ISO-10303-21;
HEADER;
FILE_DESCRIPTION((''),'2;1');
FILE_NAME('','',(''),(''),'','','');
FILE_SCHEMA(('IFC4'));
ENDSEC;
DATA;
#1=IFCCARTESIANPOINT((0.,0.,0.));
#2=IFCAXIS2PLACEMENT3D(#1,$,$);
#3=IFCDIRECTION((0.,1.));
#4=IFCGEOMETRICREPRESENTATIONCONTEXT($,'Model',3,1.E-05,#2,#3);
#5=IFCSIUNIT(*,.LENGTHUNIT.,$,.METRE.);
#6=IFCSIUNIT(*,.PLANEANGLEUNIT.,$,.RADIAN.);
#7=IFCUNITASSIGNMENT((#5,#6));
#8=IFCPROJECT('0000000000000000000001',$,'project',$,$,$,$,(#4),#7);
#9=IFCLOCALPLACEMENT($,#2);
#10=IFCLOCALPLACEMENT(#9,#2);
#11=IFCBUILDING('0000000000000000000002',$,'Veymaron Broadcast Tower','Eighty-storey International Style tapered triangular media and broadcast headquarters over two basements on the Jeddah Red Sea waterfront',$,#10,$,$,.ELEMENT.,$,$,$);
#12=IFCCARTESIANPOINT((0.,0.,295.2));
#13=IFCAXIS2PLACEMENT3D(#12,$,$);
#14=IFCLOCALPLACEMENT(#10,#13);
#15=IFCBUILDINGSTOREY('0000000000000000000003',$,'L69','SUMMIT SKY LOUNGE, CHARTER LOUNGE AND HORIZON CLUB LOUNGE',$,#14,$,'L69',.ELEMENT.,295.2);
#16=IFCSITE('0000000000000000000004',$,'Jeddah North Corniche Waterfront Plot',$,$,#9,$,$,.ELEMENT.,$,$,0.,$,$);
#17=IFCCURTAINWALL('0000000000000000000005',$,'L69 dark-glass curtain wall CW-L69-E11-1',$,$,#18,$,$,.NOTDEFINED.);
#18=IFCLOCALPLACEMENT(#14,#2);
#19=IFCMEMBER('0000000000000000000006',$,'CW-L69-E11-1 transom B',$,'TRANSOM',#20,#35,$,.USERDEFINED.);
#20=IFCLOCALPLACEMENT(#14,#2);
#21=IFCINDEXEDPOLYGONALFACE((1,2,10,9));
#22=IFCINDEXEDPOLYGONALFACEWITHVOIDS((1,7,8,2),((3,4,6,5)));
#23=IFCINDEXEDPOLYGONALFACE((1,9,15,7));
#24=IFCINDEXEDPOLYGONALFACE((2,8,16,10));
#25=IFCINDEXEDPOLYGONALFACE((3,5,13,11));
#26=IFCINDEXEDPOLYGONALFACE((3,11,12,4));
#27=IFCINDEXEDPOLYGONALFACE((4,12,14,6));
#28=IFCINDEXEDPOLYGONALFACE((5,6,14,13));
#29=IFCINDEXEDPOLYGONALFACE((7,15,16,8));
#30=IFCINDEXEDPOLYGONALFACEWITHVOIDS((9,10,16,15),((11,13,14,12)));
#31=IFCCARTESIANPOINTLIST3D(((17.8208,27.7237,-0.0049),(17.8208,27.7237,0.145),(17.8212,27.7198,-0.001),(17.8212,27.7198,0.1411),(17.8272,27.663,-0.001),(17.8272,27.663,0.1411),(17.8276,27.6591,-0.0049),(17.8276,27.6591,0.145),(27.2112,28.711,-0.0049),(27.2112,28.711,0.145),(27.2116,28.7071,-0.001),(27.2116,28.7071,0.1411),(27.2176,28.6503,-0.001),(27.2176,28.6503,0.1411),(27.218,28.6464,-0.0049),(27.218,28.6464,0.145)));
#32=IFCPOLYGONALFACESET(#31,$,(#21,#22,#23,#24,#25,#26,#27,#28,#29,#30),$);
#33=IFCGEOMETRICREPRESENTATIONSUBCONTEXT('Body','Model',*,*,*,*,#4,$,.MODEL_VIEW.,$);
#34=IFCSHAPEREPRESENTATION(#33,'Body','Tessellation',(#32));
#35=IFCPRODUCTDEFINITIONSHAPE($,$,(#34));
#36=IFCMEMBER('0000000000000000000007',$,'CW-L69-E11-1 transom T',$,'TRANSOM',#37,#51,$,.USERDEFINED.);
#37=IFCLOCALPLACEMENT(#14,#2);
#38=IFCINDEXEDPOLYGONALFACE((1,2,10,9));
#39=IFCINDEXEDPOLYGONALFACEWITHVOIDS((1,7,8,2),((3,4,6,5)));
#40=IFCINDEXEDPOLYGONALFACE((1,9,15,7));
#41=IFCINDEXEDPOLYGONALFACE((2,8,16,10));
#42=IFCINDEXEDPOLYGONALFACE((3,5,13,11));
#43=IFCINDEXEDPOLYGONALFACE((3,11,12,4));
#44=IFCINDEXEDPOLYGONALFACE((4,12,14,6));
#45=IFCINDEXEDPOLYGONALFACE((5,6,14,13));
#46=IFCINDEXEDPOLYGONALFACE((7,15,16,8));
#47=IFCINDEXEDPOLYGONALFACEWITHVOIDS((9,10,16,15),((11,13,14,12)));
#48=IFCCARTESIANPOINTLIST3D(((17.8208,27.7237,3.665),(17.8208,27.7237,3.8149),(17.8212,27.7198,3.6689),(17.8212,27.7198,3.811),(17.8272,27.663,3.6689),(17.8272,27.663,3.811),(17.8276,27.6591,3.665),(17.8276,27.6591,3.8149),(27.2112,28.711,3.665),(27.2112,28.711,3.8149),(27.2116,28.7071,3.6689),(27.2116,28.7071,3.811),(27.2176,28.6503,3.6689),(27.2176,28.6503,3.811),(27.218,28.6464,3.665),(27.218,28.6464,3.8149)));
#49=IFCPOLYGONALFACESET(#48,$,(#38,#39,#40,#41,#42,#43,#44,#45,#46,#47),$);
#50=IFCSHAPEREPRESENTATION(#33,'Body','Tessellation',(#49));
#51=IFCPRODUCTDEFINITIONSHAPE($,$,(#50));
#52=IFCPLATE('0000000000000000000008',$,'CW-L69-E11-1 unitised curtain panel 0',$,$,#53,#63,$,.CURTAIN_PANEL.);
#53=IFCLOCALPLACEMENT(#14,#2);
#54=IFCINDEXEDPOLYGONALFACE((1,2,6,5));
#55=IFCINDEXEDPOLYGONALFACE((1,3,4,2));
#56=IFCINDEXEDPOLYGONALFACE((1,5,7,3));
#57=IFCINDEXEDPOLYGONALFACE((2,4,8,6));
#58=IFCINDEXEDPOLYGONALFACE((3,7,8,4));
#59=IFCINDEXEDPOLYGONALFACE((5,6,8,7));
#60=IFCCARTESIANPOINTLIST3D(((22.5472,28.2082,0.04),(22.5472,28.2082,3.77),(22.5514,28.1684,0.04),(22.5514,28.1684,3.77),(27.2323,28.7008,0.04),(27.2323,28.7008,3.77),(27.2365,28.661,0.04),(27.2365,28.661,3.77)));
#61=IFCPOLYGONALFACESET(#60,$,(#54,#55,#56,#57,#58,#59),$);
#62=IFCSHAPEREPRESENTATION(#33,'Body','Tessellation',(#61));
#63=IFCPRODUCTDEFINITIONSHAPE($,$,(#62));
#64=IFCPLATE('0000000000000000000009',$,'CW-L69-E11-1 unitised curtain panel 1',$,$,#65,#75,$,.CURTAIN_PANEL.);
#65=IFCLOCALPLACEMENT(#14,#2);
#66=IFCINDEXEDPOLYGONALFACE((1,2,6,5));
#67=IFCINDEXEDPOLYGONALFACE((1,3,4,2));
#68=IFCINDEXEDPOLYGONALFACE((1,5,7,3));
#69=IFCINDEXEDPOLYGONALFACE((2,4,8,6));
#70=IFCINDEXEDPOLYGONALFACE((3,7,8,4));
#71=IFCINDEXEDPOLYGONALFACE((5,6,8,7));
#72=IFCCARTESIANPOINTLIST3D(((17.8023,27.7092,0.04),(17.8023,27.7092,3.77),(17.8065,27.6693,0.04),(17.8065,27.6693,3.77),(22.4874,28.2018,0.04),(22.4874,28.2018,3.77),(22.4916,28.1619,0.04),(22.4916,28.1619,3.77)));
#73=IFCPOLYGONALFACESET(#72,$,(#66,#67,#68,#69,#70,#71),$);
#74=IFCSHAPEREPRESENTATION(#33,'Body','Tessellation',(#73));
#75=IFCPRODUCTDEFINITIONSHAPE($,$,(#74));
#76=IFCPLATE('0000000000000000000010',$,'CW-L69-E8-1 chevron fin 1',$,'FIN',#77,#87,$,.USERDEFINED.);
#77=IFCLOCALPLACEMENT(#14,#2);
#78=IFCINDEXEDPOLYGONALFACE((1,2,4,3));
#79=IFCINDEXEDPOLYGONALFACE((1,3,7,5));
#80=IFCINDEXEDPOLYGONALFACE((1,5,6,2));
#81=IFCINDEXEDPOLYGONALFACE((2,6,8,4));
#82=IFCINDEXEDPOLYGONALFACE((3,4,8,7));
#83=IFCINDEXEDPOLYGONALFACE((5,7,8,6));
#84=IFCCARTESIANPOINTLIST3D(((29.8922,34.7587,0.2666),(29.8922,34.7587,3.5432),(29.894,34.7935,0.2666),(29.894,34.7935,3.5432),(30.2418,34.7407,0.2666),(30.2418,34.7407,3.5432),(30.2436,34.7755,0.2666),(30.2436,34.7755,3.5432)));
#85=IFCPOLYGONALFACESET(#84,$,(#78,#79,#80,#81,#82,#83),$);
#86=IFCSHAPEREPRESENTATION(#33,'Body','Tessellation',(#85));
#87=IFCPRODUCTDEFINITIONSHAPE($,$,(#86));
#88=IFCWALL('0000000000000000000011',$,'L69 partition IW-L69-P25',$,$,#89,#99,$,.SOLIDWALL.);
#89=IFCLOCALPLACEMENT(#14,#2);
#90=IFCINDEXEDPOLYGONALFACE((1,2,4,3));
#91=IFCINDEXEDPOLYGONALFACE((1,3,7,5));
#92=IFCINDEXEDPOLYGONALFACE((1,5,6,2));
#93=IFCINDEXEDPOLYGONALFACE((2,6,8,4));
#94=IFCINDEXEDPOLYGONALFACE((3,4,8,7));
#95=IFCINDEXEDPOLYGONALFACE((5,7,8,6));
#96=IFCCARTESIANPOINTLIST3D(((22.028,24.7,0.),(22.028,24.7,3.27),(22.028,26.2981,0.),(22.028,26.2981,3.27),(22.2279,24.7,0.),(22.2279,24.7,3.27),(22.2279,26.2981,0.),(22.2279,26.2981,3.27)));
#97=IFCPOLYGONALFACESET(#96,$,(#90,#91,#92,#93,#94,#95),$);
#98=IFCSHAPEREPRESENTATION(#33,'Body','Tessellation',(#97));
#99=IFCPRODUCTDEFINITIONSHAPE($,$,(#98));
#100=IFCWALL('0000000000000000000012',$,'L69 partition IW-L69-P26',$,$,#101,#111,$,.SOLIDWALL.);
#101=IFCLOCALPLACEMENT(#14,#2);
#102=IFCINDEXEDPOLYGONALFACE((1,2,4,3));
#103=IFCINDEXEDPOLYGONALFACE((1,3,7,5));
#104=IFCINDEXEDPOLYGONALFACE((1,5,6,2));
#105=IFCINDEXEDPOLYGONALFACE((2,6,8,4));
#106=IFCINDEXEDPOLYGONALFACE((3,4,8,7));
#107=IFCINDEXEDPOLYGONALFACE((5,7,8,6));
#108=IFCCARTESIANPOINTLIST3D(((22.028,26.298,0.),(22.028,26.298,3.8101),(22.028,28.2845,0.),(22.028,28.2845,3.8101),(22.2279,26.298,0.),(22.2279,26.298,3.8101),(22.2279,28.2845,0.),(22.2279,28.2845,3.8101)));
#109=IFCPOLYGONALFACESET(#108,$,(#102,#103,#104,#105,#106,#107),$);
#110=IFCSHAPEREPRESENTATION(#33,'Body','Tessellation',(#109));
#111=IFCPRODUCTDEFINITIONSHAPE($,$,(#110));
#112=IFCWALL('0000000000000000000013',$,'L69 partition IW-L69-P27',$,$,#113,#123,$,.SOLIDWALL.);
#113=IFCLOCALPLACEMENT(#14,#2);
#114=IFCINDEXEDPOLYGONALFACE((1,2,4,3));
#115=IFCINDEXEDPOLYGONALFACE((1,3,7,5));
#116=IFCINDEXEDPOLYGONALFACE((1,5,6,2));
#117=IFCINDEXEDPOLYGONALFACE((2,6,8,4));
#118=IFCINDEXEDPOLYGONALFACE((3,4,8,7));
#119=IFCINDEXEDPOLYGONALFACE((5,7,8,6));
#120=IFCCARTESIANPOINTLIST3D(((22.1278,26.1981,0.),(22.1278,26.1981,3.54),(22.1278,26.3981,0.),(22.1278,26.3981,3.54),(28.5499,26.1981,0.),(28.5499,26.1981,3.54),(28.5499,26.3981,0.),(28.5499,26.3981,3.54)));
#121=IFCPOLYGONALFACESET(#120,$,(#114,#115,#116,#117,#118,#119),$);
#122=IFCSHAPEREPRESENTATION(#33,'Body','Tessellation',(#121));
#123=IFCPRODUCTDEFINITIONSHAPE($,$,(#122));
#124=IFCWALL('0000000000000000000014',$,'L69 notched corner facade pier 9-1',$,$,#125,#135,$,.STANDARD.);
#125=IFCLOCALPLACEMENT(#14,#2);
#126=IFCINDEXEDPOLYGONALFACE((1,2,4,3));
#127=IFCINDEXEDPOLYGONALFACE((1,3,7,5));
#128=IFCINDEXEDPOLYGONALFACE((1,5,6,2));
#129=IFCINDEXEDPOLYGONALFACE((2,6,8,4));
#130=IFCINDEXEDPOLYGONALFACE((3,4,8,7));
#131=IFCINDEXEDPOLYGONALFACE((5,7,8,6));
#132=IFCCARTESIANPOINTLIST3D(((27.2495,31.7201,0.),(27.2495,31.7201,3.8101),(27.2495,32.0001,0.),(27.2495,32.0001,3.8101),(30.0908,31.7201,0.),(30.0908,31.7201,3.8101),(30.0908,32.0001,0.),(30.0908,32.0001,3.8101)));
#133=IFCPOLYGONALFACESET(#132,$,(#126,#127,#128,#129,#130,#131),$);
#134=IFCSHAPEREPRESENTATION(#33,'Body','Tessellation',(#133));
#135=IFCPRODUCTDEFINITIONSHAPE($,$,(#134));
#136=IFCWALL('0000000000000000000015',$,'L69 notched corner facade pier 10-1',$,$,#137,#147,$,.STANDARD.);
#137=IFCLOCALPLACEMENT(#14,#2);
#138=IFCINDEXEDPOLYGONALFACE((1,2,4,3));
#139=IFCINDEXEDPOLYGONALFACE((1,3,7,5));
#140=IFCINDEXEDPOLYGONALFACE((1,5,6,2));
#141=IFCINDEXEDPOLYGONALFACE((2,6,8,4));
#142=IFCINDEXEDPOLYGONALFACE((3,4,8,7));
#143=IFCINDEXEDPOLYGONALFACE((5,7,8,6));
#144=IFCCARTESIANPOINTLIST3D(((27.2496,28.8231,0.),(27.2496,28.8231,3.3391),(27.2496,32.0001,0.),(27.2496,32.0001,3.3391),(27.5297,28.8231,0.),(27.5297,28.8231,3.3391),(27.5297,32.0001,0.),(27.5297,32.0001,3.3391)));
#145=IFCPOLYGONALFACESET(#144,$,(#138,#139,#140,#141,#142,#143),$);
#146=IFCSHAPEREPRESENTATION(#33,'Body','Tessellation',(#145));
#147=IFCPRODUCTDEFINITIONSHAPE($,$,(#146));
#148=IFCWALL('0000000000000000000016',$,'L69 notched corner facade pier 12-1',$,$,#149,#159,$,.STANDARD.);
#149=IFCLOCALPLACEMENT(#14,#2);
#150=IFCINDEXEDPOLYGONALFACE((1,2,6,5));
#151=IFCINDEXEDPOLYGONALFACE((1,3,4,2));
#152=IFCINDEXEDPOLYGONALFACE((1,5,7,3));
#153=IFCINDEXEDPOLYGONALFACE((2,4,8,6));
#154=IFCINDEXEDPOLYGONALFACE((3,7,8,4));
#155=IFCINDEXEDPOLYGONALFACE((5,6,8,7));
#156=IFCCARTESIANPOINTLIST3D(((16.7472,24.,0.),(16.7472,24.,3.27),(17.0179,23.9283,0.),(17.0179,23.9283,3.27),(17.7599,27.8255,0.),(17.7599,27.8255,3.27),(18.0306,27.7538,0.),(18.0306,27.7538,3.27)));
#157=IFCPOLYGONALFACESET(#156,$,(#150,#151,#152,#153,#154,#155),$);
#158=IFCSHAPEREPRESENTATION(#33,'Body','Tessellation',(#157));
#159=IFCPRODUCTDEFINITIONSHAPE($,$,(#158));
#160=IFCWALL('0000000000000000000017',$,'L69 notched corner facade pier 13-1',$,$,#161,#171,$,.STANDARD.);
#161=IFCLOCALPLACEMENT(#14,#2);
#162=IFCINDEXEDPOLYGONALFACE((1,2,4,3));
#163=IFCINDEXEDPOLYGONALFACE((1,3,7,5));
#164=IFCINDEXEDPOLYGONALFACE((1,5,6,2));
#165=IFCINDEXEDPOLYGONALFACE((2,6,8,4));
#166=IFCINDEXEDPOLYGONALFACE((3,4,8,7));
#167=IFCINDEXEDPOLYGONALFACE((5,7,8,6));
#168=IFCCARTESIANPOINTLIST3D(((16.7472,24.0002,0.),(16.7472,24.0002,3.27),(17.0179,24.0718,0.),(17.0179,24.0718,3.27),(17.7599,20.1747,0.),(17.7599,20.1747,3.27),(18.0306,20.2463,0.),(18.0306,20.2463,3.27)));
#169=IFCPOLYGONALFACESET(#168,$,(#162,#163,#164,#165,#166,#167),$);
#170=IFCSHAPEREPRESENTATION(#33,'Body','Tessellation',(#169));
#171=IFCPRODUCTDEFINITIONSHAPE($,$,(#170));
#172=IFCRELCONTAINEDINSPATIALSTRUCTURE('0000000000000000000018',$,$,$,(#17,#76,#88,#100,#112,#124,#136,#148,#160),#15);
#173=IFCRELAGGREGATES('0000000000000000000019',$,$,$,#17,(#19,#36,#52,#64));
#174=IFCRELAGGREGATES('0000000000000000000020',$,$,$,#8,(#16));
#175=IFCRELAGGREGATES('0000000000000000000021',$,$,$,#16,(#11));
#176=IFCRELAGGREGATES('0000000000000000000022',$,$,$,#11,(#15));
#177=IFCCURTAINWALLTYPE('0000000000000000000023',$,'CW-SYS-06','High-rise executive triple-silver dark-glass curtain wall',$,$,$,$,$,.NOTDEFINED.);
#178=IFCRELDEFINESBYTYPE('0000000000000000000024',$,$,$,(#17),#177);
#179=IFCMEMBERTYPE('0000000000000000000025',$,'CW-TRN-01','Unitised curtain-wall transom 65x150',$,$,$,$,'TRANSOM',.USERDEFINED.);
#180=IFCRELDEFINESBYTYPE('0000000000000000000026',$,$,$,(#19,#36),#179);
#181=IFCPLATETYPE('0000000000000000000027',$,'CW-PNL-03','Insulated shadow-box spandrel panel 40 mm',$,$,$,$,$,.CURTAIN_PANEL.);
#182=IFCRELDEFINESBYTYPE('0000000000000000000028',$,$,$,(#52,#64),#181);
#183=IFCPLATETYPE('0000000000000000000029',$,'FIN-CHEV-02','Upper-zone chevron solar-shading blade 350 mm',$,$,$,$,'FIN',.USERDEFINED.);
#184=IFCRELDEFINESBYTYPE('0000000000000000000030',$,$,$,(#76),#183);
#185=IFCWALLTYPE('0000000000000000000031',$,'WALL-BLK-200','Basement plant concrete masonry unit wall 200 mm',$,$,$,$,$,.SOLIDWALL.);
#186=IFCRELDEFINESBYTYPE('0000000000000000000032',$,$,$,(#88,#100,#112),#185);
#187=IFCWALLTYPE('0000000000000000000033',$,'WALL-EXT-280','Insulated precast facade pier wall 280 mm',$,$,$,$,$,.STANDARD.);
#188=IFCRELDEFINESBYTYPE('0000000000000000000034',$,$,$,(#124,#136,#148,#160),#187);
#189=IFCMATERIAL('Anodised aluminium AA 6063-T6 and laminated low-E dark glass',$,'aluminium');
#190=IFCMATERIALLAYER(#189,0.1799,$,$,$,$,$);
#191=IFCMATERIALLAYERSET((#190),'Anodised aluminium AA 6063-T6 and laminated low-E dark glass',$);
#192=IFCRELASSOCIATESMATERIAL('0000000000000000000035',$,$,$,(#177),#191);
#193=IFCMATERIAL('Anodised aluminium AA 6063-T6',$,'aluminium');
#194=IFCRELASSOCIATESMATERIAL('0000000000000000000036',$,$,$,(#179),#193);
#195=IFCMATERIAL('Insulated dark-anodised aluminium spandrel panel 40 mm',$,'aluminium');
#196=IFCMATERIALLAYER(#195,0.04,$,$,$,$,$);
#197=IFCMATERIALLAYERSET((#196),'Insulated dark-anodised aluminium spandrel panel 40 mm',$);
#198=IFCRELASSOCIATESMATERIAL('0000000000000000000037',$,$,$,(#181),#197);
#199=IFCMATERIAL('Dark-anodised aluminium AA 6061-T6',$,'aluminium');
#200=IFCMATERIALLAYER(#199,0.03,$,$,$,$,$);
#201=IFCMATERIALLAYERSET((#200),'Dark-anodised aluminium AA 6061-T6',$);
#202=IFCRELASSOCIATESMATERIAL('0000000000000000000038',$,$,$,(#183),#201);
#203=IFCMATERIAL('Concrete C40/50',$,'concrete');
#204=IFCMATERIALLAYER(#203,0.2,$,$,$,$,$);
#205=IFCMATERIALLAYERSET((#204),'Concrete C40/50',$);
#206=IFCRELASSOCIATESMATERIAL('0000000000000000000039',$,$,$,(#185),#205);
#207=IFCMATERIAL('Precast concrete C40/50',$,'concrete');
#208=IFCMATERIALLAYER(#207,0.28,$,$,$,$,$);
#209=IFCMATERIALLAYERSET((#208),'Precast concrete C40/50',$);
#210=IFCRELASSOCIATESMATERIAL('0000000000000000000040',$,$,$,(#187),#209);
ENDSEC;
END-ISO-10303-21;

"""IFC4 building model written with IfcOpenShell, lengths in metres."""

from ifc_helpers import new_model, si_unit, direction, frame, frame_2d, origin, origin_2d, place, context, subcontext, project, spatial, rectangle, hollow_rectangle, extrude, material, layer, layer_set, material_profile, profile_set, type_object, element, aggregate, save


model = new_model("IFC4")

# Units and contexts
model_context = context("Model", 3, precision=1e-05, world=origin(), true_north=direction((0.0, 1.0)))
body_context = subcontext(model_context, "Body", "Model", "MODEL_VIEW")
ifc_project = project(units=[si_unit("LENGTHUNIT", "METRE"), si_unit("PLANEANGLEUNIT", "RADIAN")], contexts=[model_context])

# Site, building, storey
site_placement = place(None, origin())
site = spatial("IfcSite", under=ifc_project, at=site_placement, Name="Jeddah North Corniche Waterfront Plot", CompositionType="ELEMENT", RefElevation=0.0)
building_placement = place(site_placement, origin())
building = spatial("IfcBuilding", under=site, at=building_placement, Name="Veymaron Broadcast Tower", Description="Eighty-storey International Style tapered triangular media and broadcast headquarters over two basements on the Jeddah Red Sea waterfront", CompositionType="ELEMENT")
storey_placement = place(building_placement, frame((0.0, 0.0, 295.2)))
storey = spatial("IfcBuildingStorey", under=building, at=storey_placement, Name="L69", Description="SUMMIT SKY LOUNGE, CHARTER LOUNGE AND HORIZON CLUB LOUNGE", LongName="L69", CompositionType="ELEMENT", Elevation=295.2)

# Shared definitions
ifc_material_1 = material(Name="Anodised aluminium AA 6063-T6 and laminated low-E dark glass", Category="aluminium")
ifc_layer_1 = layer(ifc_material_1, 0.1799)
ifc_layer_set_1 = layer_set([ifc_layer_1], Name="Anodised aluminium AA 6063-T6 and laminated low-E dark glass")
curtain_wall_type = type_object("IfcCurtainWallType", Name="CW-SYS-06", Description="High-rise executive triple-silver dark-glass curtain wall", PredefinedType="NOTDEFINED", material=ifc_layer_set_1)
ifc_material_2 = material(Name="Anodised aluminium AA 6063-T6", Category="aluminium")

# Curtain wall, members, plates
curtain_wall_1_placement = place(storey_placement, origin())
curtain_wall_1 = element("IfcCurtainWall", 1, at=curtain_wall_1_placement, inside=storey, type_object=curtain_wall_type, Name="L69 dark-glass curtain wall CW-L69-E11-1", PredefinedType="NOTDEFINED")
ifc_material_profile_1 = material_profile(ifc_material_2, hollow_rectangle(XDim=0.0649, YDim=0.1499, WallThickness=0.0039, at=origin_2d()), Name="AL150X65X4")
ifc_profile_set_1 = profile_set([ifc_material_profile_1], Name="Anodised aluminium AA 6063-T6")
member_type_1 = type_object("IfcMemberType", Name="CW-TRN-01", Description="Unitised curtain-wall transom 65x150", ElementType="TRANSOM", PredefinedType="USERDEFINED", material=ifc_profile_set_1)
member_1_placement = place(storey_placement, frame((27.2146, 28.6787, 0.0701), z_axis=(-0.994518, -0.104564, 0.0), x_axis=(0.104564, -0.994518, 0.0)))
member_1 = element("IfcMember", 2, at=member_1_placement, type_object=member_type_1, Name="CW-L69-E11-1 transom B", ObjectType="TRANSOM", PredefinedType="USERDEFINED", context=body_context, shape_type="SweptSolid", body=[
    extrude(hollow_rectangle(XDim=0.0649, YDim=0.1499, WallThickness=0.0039, at=origin_2d()), origin(), (0.0, 0.0, 1.0), 9.4421),
])
member_2_placement = place(storey_placement, frame((27.2146, 28.6787, 3.74), z_axis=(-0.994518, -0.104564, 0.0), x_axis=(0.104564, -0.994518, 0.0)))
member_2 = element("IfcMember", 3, at=member_2_placement, type_object=member_type_1, Name="CW-L69-E11-1 transom T", ObjectType="TRANSOM", PredefinedType="USERDEFINED", context=body_context, shape_type="SweptSolid", body=[
    extrude(hollow_rectangle(XDim=0.0649, YDim=0.1499, WallThickness=0.0039, at=origin_2d()), origin(), (0.0, 0.0, 1.0), 9.4421),
])
ifc_material_3 = material(Name="Insulated dark-anodised aluminium spandrel panel 40 mm", Category="aluminium")
ifc_layer_2 = layer(ifc_material_3, 0.04)
ifc_layer_set_2 = layer_set([ifc_layer_2], Name="Insulated dark-anodised aluminium spandrel panel 40 mm")
plate_type_1 = type_object("IfcPlateType", Name="CW-PNL-03", Description="Insulated shadow-box spandrel panel 40 mm", PredefinedType="CURTAIN_PANEL", material=ifc_layer_set_2)
plate_1_placement = place(storey_placement, frame((24.8918, 28.4346, 0.04), z_axis=(0.0, 0.0, 1.0), x_axis=(-0.994518, -0.104563, 0.0)))
plate_1 = element("IfcPlate", 4, at=plate_1_placement, type_object=plate_type_1, Name="CW-L69-E11-1 unitised curtain panel 0", PredefinedType="CURTAIN_PANEL", context=body_context, shape_type="SweptSolid", body=[
    extrude(rectangle(XDim=4.7109, YDim=0.04, at=origin_2d()), origin(), (0.0, 0.0, 1.0), 3.73),
])
plate_2_placement = place(storey_placement, frame((20.147, 27.9355, 0.04), z_axis=(0.0, 0.0, 1.0), x_axis=(-0.994518, -0.104563, 0.0)))
plate_2 = element("IfcPlate", 5, at=plate_2_placement, type_object=plate_type_1, Name="CW-L69-E11-1 unitised curtain panel 1", PredefinedType="CURTAIN_PANEL", context=body_context, shape_type="SweptSolid", body=[
    extrude(rectangle(XDim=4.7109, YDim=0.04, at=origin_2d()), origin(), (0.0, 0.0, 1.0), 3.73),
])
aggregate(curtain_wall_1, [member_1, member_2, plate_1, plate_2])

# Plate
ifc_material_4 = material(Name="Dark-anodised aluminium AA 6061-T6", Category="aluminium")
ifc_layer_3 = layer(ifc_material_4, 0.03)
ifc_layer_set_3 = layer_set([ifc_layer_3], Name="Dark-anodised aluminium AA 6061-T6")
plate_type_2 = type_object("IfcPlateType", Name="FIN-CHEV-02", Description="Upper-zone chevron solar-shading blade 350 mm", ElementType="FIN", PredefinedType="USERDEFINED", material=ifc_layer_set_3)
plate_3_placement = place(storey_placement, frame((30.0679, 34.7671, 0.2666), z_axis=(0.0, 0.0, 1.0), x_axis=(-0.998679, 0.051377, 0.0)))
element("IfcPlate", 6, at=plate_3_placement, inside=storey, type_object=plate_type_2, Name="CW-L69-E8-1 chevron fin 1", ObjectType="FIN", PredefinedType="USERDEFINED", context=body_context, shape_type="SweptSolid", body=[
    extrude(rectangle(XDim=0.3501, YDim=0.0349, at=origin_2d()), origin(), (0.0, 0.0, 1.0), 3.2766),
])

# Walls
ifc_material_5 = material(Name="Concrete C40/50", Category="concrete")
ifc_layer_4 = layer(ifc_material_5, 0.2)
ifc_layer_set_4 = layer_set([ifc_layer_4], Name="Concrete C40/50")
wall_type_1 = type_object("IfcWallType", Name="WALL-BLK-200", Description="Basement plant concrete masonry unit wall 200 mm", PredefinedType="SOLIDWALL", material=ifc_layer_set_4)
wall_1_placement = place(storey_placement, frame((22.1279, 24.7, 0.0), z_axis=(0.0, 0.0, 1.0), x_axis=(0.0, 1.0, 0.0)))
element("IfcWall", 7, at=wall_1_placement, inside=storey, type_object=wall_type_1, Name="L69 partition IW-L69-P25", PredefinedType="SOLIDWALL", context=body_context, shape_type="SweptSolid", body=[
    extrude(rectangle(XDim=1.5981, YDim=0.2, at=frame_2d((0.7991, 0.0))), origin(), (0.0, 0.0, 1.0), 3.27),
])
wall_2_placement = place(storey_placement, frame((22.1279, 26.2981, 0.0), z_axis=(0.0, 0.0, 1.0), x_axis=(0.0, 1.0, 0.0)))
element("IfcWall", 8, at=wall_2_placement, inside=storey, type_object=wall_type_1, Name="L69 partition IW-L69-P26", PredefinedType="SOLIDWALL", context=body_context, shape_type="SweptSolid", body=[
    extrude(rectangle(XDim=1.9866, YDim=0.2, at=frame_2d((0.9932, 0.0))), origin(), (0.0, 0.0, 1.0), 3.8101),
])
wall_3_placement = place(storey_placement, frame((22.1279, 26.2981, 0.0), z_axis=(0.0, 0.0, 1.0), x_axis=(1.0, 0.0, 0.0)))
element("IfcWall", 9, at=wall_3_placement, inside=storey, type_object=wall_type_1, Name="L69 partition IW-L69-P27", PredefinedType="SOLIDWALL", context=body_context, shape_type="SweptSolid", body=[
    extrude(rectangle(XDim=6.4221, YDim=0.2, at=frame_2d((3.2109, 0.0))), origin(), (0.0, 0.0, 1.0), 3.54),
])
ifc_material_6 = material(Name="Precast concrete C40/50", Category="concrete")
ifc_layer_5 = layer(ifc_material_6, 0.28)
ifc_layer_set_5 = layer_set([ifc_layer_5], Name="Precast concrete C40/50")
wall_type_2 = type_object("IfcWallType", Name="WALL-EXT-280", Description="Insulated precast facade pier wall 280 mm", PredefinedType="STANDARD", material=ifc_layer_set_5)
wall_4_placement = place(storey_placement, frame((30.0908, 31.8601, 0.0), z_axis=(0.0, 0.0, 1.0), x_axis=(-1.0, 0.0, 0.0)))
element("IfcWall", 10, at=wall_4_placement, inside=storey, type_object=wall_type_2, Name="L69 notched corner facade pier 9-1", PredefinedType="STANDARD", context=body_context, shape_type="SweptSolid", body=[
    extrude(rectangle(XDim=2.8413, YDim=0.28, at=frame_2d((1.4207, 0.0))), origin(), (0.0, 0.0, 1.0), 3.8101),
])
wall_5_placement = place(storey_placement, frame((27.3896, 32.0, 0.0), z_axis=(0.0, 0.0, 1.0), x_axis=(0.0, -1.0, 0.0)))
element("IfcWall", 11, at=wall_5_placement, inside=storey, type_object=wall_type_2, Name="L69 notched corner facade pier 10-1", PredefinedType="STANDARD", context=body_context, shape_type="SweptSolid", body=[
    extrude(rectangle(XDim=3.177, YDim=0.28, at=frame_2d((1.5884, 0.0))), origin(), (0.0, 0.0, 1.0), 3.3391),
])
for number, where, z_axis, x_axis, name in (
    (12, (17.8953, 27.7896, 0.0), (0.0, 0.0, 1.0), (-0.255911, -0.9667, 0.0), "L69 notched corner facade pier 12-1"),
    (13, (16.8826, 24.0359, 0.0), (0.0, 0.0, 1.0), (0.255911, -0.9667, 0.0), "L69 notched corner facade pier 13-1"),
):
    element("IfcWall", number, at=place(storey_placement, frame(where, z_axis=z_axis, x_axis=x_axis)), inside=storey, type_object=wall_type_2, Name=name, PredefinedType="STANDARD", context=body_context, shape_type="SweptSolid", body=[
        extrude(rectangle(XDim=3.9573, YDim=0.28, at=frame_2d((1.9785, 0.0))), origin(), (0.0, 0.0, 1.0), 3.27),
    ])

save(model, "model.ifc")
